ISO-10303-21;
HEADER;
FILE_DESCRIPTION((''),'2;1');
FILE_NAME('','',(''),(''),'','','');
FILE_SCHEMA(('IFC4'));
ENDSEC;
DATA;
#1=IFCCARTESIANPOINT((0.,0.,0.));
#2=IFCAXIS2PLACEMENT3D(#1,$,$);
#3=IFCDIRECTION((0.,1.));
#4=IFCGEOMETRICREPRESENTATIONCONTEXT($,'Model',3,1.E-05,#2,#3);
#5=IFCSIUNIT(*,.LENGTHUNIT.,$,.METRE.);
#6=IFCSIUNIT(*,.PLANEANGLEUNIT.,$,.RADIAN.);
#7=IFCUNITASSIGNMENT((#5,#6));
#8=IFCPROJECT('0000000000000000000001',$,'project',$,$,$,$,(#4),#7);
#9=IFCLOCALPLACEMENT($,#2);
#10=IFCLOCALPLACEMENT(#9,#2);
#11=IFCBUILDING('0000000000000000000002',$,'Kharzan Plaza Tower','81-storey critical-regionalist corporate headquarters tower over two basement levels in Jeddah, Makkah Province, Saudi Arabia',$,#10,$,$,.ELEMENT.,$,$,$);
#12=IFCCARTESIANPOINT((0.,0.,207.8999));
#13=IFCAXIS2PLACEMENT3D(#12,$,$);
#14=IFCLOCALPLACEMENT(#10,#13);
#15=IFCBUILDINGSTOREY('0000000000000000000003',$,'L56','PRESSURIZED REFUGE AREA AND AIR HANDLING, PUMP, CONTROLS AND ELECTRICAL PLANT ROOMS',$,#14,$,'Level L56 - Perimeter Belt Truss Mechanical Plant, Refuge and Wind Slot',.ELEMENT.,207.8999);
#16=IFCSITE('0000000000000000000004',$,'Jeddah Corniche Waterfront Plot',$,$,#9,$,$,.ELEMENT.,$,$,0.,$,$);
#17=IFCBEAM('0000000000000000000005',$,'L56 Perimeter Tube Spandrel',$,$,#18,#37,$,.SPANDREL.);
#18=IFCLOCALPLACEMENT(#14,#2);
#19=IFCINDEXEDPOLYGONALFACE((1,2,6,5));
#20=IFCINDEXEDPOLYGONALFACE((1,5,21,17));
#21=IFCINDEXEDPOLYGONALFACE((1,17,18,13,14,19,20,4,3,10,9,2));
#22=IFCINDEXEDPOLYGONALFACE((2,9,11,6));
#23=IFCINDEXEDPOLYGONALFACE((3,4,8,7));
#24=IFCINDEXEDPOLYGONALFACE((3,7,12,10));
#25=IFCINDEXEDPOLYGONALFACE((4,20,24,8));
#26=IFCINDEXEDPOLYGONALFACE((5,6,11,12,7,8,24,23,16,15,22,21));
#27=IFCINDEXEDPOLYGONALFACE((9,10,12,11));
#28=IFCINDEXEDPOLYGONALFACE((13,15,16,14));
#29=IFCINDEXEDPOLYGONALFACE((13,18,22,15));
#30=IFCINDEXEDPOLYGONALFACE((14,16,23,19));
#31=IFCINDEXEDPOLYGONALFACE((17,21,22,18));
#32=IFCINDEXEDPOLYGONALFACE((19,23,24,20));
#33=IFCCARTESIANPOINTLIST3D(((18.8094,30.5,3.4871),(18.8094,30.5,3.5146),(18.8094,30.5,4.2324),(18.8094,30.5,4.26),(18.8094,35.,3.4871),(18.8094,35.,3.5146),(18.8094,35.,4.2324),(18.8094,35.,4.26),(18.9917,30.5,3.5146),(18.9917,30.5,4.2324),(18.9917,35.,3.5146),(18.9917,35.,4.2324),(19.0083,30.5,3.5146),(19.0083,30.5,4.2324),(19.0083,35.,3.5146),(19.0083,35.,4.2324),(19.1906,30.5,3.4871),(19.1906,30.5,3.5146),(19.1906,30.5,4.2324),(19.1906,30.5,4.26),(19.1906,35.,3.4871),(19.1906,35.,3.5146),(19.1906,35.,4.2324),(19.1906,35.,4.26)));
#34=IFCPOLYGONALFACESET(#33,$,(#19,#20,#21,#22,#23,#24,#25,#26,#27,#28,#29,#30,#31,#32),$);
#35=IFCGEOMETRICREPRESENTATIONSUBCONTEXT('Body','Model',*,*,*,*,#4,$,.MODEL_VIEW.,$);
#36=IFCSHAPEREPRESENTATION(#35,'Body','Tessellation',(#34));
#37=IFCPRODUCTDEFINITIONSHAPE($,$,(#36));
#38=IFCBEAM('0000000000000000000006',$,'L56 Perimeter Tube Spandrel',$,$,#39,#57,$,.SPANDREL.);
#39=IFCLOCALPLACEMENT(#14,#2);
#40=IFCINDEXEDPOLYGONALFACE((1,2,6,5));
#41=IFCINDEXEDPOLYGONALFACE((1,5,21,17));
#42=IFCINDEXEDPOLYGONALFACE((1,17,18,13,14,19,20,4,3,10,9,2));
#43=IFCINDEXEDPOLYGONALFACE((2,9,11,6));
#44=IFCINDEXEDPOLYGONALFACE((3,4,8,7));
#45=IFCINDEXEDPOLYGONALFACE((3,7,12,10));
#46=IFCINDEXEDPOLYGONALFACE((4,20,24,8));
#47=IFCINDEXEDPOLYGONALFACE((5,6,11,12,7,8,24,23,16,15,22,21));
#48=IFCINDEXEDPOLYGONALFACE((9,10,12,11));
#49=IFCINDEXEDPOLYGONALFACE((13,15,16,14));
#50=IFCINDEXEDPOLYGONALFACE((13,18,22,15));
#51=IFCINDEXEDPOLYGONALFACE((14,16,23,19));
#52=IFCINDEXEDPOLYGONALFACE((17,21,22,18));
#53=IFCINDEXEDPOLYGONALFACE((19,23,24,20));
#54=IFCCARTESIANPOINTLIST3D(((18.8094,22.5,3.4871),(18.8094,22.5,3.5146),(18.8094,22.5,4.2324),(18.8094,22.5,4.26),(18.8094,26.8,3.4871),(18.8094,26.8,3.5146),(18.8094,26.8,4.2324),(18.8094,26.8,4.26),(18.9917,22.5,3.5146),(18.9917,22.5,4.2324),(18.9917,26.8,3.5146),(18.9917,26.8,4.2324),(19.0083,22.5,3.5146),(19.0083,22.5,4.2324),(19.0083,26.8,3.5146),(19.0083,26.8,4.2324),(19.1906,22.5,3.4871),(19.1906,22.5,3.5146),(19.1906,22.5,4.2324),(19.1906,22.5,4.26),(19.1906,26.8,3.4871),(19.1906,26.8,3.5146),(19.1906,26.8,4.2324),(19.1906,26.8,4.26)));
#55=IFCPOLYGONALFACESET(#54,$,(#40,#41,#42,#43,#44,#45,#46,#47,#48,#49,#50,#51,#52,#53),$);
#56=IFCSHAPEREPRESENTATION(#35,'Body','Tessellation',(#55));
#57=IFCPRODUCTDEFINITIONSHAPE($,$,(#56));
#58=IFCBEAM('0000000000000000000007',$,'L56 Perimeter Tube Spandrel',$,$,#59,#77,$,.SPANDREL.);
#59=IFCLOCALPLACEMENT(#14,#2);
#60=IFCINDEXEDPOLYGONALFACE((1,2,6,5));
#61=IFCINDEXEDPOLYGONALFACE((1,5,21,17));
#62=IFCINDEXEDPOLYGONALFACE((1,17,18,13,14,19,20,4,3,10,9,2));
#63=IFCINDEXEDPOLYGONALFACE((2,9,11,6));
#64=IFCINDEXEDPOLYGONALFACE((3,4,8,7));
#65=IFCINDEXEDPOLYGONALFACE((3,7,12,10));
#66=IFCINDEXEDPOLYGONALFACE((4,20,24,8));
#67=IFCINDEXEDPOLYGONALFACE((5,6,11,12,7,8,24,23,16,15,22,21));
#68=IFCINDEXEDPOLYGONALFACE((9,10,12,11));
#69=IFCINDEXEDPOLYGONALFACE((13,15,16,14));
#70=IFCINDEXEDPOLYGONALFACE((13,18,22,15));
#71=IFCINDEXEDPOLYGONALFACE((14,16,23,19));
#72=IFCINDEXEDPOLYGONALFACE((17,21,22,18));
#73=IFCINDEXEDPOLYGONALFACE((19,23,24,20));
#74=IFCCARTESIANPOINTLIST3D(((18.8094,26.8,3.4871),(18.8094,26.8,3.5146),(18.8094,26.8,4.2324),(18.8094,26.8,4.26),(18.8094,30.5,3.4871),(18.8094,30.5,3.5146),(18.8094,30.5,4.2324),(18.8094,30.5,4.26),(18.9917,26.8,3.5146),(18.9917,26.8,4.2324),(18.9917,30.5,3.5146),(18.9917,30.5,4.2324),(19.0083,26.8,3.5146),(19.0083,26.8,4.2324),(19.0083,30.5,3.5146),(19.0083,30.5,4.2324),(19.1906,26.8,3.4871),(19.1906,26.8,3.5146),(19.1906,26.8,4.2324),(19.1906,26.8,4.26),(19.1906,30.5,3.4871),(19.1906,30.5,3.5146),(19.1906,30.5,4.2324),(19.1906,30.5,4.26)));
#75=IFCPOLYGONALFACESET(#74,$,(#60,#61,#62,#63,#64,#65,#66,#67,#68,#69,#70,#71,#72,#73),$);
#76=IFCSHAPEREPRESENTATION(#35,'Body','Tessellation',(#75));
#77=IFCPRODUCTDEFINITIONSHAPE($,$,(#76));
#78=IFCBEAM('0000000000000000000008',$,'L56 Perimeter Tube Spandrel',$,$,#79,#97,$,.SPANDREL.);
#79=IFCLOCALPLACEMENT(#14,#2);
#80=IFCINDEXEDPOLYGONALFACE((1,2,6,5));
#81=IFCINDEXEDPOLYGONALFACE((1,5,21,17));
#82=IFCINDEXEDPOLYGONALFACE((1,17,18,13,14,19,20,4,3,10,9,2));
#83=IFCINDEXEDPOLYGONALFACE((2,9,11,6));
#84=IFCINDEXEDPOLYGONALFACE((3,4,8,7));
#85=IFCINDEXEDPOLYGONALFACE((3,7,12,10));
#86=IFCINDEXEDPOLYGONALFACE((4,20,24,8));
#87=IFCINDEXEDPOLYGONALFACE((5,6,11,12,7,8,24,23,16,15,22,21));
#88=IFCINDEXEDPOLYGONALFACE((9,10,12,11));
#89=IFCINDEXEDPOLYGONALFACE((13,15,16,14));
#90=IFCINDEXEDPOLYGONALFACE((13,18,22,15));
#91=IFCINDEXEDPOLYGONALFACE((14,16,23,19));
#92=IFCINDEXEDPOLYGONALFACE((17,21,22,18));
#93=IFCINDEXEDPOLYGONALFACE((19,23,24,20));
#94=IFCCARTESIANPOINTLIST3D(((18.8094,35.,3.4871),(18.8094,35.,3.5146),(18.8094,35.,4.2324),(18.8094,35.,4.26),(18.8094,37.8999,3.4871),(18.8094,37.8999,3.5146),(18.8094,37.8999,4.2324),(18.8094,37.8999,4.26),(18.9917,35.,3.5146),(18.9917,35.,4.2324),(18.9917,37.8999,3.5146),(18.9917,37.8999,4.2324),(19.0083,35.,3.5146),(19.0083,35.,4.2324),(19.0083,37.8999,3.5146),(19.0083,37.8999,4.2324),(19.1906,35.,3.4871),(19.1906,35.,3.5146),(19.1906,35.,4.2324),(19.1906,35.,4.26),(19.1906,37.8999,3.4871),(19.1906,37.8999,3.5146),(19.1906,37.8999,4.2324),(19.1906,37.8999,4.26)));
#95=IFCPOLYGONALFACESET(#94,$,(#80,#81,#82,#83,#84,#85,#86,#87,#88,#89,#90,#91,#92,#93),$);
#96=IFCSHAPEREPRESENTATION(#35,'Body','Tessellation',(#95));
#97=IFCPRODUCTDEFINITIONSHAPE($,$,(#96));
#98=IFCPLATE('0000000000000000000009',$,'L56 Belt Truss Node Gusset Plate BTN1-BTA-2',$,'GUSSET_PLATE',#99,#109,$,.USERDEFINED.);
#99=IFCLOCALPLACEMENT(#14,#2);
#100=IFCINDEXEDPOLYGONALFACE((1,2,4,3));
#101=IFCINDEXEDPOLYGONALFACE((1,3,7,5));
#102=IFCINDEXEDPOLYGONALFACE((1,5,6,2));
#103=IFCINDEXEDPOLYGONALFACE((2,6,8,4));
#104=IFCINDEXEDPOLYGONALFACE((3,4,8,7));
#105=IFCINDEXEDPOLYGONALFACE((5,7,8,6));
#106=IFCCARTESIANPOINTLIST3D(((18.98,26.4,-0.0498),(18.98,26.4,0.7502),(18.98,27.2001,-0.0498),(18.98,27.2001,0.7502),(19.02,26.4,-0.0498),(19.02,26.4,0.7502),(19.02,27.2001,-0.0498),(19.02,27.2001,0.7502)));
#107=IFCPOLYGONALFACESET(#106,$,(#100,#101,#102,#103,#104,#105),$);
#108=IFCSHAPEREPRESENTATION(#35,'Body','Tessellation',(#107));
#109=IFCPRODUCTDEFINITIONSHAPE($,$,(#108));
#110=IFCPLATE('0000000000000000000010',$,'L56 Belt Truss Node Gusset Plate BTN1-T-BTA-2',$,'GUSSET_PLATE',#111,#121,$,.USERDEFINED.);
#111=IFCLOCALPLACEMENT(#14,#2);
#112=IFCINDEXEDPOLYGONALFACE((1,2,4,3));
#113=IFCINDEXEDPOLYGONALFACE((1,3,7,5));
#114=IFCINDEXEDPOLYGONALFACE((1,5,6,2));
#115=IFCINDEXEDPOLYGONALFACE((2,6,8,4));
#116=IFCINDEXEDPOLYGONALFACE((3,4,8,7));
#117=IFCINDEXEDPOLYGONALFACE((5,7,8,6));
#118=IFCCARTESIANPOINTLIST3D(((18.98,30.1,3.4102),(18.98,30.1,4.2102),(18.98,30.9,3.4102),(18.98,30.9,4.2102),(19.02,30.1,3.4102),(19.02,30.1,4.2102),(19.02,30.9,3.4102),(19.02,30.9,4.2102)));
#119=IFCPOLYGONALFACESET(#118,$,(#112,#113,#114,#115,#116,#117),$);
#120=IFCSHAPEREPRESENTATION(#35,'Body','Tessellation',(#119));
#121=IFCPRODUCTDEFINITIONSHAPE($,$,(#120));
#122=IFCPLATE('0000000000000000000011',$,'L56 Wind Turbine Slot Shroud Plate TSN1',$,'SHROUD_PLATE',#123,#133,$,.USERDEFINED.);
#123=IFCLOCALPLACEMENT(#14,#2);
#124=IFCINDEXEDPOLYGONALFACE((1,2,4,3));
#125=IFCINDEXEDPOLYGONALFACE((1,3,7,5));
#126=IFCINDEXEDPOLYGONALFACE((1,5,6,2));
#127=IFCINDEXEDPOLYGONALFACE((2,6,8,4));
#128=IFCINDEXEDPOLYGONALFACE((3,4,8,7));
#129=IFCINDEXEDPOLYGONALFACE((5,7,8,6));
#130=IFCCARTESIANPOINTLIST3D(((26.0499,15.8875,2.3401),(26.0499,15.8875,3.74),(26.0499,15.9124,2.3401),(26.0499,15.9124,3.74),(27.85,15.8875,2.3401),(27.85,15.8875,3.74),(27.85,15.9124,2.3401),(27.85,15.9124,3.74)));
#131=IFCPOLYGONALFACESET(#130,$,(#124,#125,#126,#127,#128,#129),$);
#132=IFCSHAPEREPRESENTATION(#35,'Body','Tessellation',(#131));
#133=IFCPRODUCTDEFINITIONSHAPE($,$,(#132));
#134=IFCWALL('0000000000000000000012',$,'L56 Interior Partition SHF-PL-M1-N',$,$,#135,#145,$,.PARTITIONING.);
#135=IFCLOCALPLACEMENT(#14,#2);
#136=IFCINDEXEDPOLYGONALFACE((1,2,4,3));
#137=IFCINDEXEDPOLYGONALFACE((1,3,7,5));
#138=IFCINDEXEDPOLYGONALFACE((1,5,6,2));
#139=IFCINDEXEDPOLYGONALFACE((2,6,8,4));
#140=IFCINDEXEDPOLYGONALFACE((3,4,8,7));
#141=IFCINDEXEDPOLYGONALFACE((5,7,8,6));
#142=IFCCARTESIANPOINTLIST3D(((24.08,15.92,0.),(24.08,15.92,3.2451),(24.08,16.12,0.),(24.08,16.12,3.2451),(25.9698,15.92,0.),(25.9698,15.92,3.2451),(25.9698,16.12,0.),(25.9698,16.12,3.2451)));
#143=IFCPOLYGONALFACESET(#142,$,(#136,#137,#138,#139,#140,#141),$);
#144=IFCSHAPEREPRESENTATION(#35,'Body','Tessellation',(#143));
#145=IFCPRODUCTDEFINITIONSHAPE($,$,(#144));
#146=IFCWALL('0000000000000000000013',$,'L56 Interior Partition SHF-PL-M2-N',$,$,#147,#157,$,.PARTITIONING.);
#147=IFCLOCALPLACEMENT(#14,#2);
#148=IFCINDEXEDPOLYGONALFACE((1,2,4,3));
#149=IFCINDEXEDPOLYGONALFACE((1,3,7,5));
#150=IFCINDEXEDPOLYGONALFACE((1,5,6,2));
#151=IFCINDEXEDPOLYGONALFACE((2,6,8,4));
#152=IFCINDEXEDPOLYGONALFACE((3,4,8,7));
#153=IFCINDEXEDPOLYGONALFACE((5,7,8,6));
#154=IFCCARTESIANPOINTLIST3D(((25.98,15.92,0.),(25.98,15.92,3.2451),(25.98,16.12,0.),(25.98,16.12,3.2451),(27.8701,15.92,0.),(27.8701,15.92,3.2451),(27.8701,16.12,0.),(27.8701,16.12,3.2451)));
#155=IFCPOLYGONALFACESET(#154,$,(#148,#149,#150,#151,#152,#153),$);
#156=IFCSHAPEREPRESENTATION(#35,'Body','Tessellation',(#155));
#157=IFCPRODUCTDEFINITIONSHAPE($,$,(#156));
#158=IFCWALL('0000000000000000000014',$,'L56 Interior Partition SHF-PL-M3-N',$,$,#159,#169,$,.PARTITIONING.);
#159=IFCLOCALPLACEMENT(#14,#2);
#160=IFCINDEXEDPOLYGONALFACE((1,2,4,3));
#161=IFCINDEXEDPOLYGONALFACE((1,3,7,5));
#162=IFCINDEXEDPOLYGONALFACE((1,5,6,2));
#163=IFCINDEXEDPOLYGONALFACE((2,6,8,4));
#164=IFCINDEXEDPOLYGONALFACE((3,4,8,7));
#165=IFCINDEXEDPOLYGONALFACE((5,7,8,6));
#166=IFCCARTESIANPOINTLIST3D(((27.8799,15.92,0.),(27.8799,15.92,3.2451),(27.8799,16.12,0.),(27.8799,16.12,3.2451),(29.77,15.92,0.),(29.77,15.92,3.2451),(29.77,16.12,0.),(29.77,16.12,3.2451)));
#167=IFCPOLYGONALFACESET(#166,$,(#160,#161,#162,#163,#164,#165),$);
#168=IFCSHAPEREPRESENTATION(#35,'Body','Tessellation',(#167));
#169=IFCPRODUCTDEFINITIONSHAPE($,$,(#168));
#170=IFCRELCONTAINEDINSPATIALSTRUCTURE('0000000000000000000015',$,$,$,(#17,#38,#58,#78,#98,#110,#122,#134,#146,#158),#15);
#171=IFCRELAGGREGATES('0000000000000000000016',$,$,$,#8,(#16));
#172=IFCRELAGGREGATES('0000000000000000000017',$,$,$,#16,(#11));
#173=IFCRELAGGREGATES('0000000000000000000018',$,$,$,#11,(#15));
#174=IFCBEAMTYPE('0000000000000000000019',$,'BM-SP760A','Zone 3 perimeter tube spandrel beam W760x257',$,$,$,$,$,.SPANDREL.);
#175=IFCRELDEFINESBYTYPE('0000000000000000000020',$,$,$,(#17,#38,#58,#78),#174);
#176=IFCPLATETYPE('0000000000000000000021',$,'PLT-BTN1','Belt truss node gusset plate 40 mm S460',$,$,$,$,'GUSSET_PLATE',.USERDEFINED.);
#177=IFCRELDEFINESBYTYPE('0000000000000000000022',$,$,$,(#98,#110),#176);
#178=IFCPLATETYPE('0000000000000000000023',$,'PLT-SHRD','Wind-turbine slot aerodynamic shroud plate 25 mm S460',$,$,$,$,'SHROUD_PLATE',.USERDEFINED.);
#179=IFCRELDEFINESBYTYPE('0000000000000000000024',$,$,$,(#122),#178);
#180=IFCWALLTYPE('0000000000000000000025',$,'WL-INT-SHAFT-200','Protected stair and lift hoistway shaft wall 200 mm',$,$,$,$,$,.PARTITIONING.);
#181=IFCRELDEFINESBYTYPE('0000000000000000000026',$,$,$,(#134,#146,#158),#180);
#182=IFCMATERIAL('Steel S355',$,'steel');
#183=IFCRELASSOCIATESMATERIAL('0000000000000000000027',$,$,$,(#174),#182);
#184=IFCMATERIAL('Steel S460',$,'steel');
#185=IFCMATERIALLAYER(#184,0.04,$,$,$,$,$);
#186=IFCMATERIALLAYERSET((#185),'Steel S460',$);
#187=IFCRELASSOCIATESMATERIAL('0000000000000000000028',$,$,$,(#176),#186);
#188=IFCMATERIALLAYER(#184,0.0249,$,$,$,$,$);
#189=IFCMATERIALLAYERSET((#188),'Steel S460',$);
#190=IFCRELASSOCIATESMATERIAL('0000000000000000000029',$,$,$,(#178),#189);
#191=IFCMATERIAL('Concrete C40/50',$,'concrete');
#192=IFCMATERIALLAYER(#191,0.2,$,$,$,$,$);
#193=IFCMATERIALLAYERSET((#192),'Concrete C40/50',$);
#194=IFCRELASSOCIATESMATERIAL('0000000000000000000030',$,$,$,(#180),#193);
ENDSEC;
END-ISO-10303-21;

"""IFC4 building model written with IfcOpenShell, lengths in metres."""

from ifc_helpers import new_model, si_unit, direction, frame, frame_2d, origin, origin_2d, place, context, subcontext, project, spatial, rectangle, i_section, extrude, source, transform, mapped, material, layer, layer_set, material_profile, profile_set, type_object, element, save


model = new_model("IFC4")

# Units and contexts
model_context = context("Model", 3, precision=1e-05, world=origin(), true_north=direction((0.0, 1.0)))
body_context = subcontext(model_context, "Body", "Model", "MODEL_VIEW")
ifc_project = project(units=[si_unit("LENGTHUNIT", "METRE"), si_unit("PLANEANGLEUNIT", "RADIAN")], contexts=[model_context])

# Site, building, storey
site_placement = place(None, origin())
site = spatial("IfcSite", under=ifc_project, at=site_placement, Name="Jeddah Corniche Waterfront Plot", CompositionType="ELEMENT", RefElevation=0.0)
building_placement = place(site_placement, origin())
building = spatial("IfcBuilding", under=site, at=building_placement, Name="Kharzan Plaza Tower", Description="81-storey critical-regionalist corporate headquarters tower over two basement levels in Jeddah, Makkah Province, Saudi Arabia", CompositionType="ELEMENT")
storey_placement = place(building_placement, frame((0.0, 0.0, 207.8999)))
storey = spatial("IfcBuildingStorey", under=building, at=storey_placement, Name="L56", Description="PRESSURIZED REFUGE AREA AND AIR HANDLING, PUMP, CONTROLS AND ELECTRICAL PLANT ROOMS", LongName="Level L56 - Perimeter Belt Truss Mechanical Plant, Refuge and Wind Slot", CompositionType="ELEMENT", Elevation=207.8999)

# Shared definitions
ifc_material_1 = material(Name="Steel S355", Category="steel")

# Beams
ifc_material_profile_1 = material_profile(ifc_material_1, i_section(OverallWidth=0.3811, OverallDepth=0.7729, WebThickness=0.0166, FlangeThickness=0.0276, at=origin_2d()), Name="W760x257")
ifc_profile_set_1 = profile_set([ifc_material_profile_1], Name="Steel S355")
beam_type = type_object("IfcBeamType", Name="BM-SP760A", Description="Zone 3 perimeter tube spandrel beam W760x257", PredefinedType="SPANDREL", material=ifc_profile_set_1)
shared_shape_1 = source(origin(), body_context, "Body", "SweptSolid", [
    extrude(i_section(OverallWidth=0.3811, OverallDepth=0.7729, WebThickness=0.0166, FlangeThickness=0.0276, at=origin_2d()), origin(), (0.0, 0.0, 1.0), 4.5),
])
for number, where, z_axis, x_axis, name in (
    (1, (19.0, 30.5, 3.8735), (0.0, 1.0, 0.0), (-1.0, 0.0, 0.0), "L56 Perimeter Tube Spandrel"),
):
    element("IfcBeam", number, at=place(storey_placement, frame(where, z_axis=z_axis, x_axis=x_axis)), inside=storey, type_object=beam_type, Name=name, PredefinedType="SPANDREL", context=body_context, shape_type="MappedRepresentation", body=[
        mapped(shared_shape_1, transform((0.0, 0.0, 0.0), x_axis=(1.0, 0.0, 0.0), y_axis=(0.0, 1.0, 0.0), z_axis=(0.0, 0.0, 1.0))),
    ])
shared_shape_2 = source(origin(), body_context, "Body", "SweptSolid", [
    extrude(i_section(OverallWidth=0.3811, OverallDepth=0.7729, WebThickness=0.0166, FlangeThickness=0.0276, at=origin_2d()), origin(), (0.0, 0.0, 1.0), 4.3),
])
beam_1_placement = place(storey_placement, frame((19.0, 22.5, 3.8735), z_axis=(0.0, 1.0, 0.0), x_axis=(-1.0, 0.0, 0.0)))
element("IfcBeam", 2, at=beam_1_placement, inside=storey, type_object=beam_type, Name="L56 Perimeter Tube Spandrel", PredefinedType="SPANDREL", context=body_context, shape_type="MappedRepresentation", body=[
    mapped(shared_shape_2, transform((0.0, 0.0, 0.0), x_axis=(1.0, 0.0, 0.0), y_axis=(0.0, 1.0, 0.0), z_axis=(0.0, 0.0, 1.0))),
])
shared_shape_3 = source(origin(), body_context, "Body", "SweptSolid", [
    extrude(i_section(OverallWidth=0.3811, OverallDepth=0.7729, WebThickness=0.0166, FlangeThickness=0.0276, at=origin_2d()), origin(), (0.0, 0.0, 1.0), 3.7),
])
beam_2_placement = place(storey_placement, frame((19.0, 26.8, 3.8735), z_axis=(0.0, 1.0, 0.0), x_axis=(-1.0, 0.0, 0.0)))
element("IfcBeam", 3, at=beam_2_placement, inside=storey, type_object=beam_type, Name="L56 Perimeter Tube Spandrel", PredefinedType="SPANDREL", context=body_context, shape_type="MappedRepresentation", body=[
    mapped(shared_shape_3, transform((0.0, 0.0, 0.0), x_axis=(1.0, 0.0, 0.0), y_axis=(0.0, 1.0, 0.0), z_axis=(0.0, 0.0, 1.0))),
])
shared_shape_4 = source(origin(), body_context, "Body", "SweptSolid", [
    extrude(i_section(OverallWidth=0.3811, OverallDepth=0.7729, WebThickness=0.0166, FlangeThickness=0.0276, at=origin_2d()), origin(), (0.0, 0.0, 1.0), 2.8999),
])
beam_3_placement = place(storey_placement, frame((19.0, 35.0, 3.8735), z_axis=(0.0, 1.0, 0.0), x_axis=(-1.0, 0.0, 0.0)))
element("IfcBeam", 4, at=beam_3_placement, inside=storey, type_object=beam_type, Name="L56 Perimeter Tube Spandrel", PredefinedType="SPANDREL", context=body_context, shape_type="MappedRepresentation", body=[
    mapped(shared_shape_4, transform((0.0, 0.0, 0.0), x_axis=(1.0, 0.0, 0.0), y_axis=(0.0, 1.0, 0.0), z_axis=(0.0, 0.0, 1.0))),
])

# Plates
ifc_material_2 = material(Name="Steel S460", Category="steel")
ifc_layer_1 = layer(ifc_material_2, 0.04)
ifc_layer_set_1 = layer_set([ifc_layer_1], Name="Steel S460")
plate_type_1 = type_object("IfcPlateType", Name="PLT-BTN1", Description="Belt truss node gusset plate 40 mm S460", ElementType="GUSSET_PLATE", PredefinedType="USERDEFINED", material=ifc_layer_set_1)
shared_shape_5 = source(origin(), body_context, "Body", "SweptSolid", [
    extrude(rectangle(XDim=0.8, YDim=0.04, at=origin_2d()), origin(), (0.0, 0.0, 1.0), 0.8),
])
for number, where, z_axis, x_axis, name in (
    (5, (19.0, 26.8, -0.0498), (0.0, 0.0, 1.0), (0.0, 1.0, 0.0), "L56 Belt Truss Node Gusset Plate BTN1-BTA-2"),
    (6, (19.0, 30.5, 3.4102), (0.0, 0.0, 1.0), (0.0, 1.0, 0.0), "L56 Belt Truss Node Gusset Plate BTN1-T-BTA-2"),
):
    element("IfcPlate", number, at=place(storey_placement, frame(where, z_axis=z_axis, x_axis=x_axis)), inside=storey, type_object=plate_type_1, Name=name, ObjectType="GUSSET_PLATE", PredefinedType="USERDEFINED", context=body_context, shape_type="MappedRepresentation", body=[
        mapped(shared_shape_5, transform((0.0, 0.0, 0.0), x_axis=(1.0, 0.0, 0.0), y_axis=(0.0, 1.0, 0.0), z_axis=(0.0, 0.0, 1.0))),
    ])
ifc_layer_2 = layer(ifc_material_2, 0.0249)
ifc_layer_set_2 = layer_set([ifc_layer_2], Name="Steel S460")
plate_type_2 = type_object("IfcPlateType", Name="PLT-SHRD", Description="Wind-turbine slot aerodynamic shroud plate 25 mm S460", ElementType="SHROUD_PLATE", PredefinedType="USERDEFINED", material=ifc_layer_set_2)
shared_shape_6 = source(origin(), body_context, "Body", "SweptSolid", [
    extrude(rectangle(XDim=1.8, YDim=0.0249, at=origin_2d()), origin(), (0.0, 0.0, 1.0), 1.3999),
])
plate_placement = place(storey_placement, frame((26.95, 15.8999, 2.3401), z_axis=(0.0, 0.0, 1.0), x_axis=(1.0, 0.0, 0.0)))
element("IfcPlate", 7, at=plate_placement, inside=storey, type_object=plate_type_2, Name="L56 Wind Turbine Slot Shroud Plate TSN1", ObjectType="SHROUD_PLATE", PredefinedType="USERDEFINED", context=body_context, shape_type="MappedRepresentation", body=[
    mapped(shared_shape_6, transform((0.0, 0.0, 0.0), x_axis=(1.0, 0.0, 0.0), y_axis=(0.0, 1.0, 0.0), z_axis=(0.0, 0.0, 1.0))),
])

# Walls
ifc_material_3 = material(Name="Concrete C40/50", Category="concrete")
ifc_layer_3 = layer(ifc_material_3, 0.2)
ifc_layer_set_3 = layer_set([ifc_layer_3], Name="Concrete C40/50")
wall_type = type_object("IfcWallType", Name="WL-INT-SHAFT-200", Description="Protected stair and lift hoistway shaft wall 200 mm", PredefinedType="PARTITIONING", material=ifc_layer_set_3)
shared_shape_7 = source(origin(), body_context, "Body", "SweptSolid", [
    extrude(rectangle(XDim=1.8899, YDim=0.2, at=frame_2d((0.9448, 0.0))), origin(), (0.0, 0.0, 1.0), 3.2451),
])
wall_placement = place(storey_placement, frame((24.0801, 16.02, 0.0), z_axis=(0.0, 0.0, 1.0), x_axis=(1.0, 0.0, 0.0)))
element("IfcWall", 8, at=wall_placement, inside=storey, type_object=wall_type, Name="L56 Interior Partition SHF-PL-M1-N", PredefinedType="PARTITIONING", context=body_context, shape_type="MappedRepresentation", body=[
    mapped(shared_shape_7, transform((0.0, 0.0, 0.0), x_axis=(1.0, 0.0, 0.0), y_axis=(0.0, 1.0, 0.0), z_axis=(0.0, 0.0, 1.0))),
])
shared_shape_8 = source(origin(), body_context, "Body", "SweptSolid", [
    extrude(rectangle(XDim=1.8901, YDim=0.2, at=frame_2d((0.9451, 0.0))), origin(), (0.0, 0.0, 1.0), 3.2451),
])
for number, where, z_axis, x_axis, name in (
    (9, (25.98, 16.02, 0.0), (0.0, 0.0, 1.0), (1.0, 0.0, 0.0), "L56 Interior Partition SHF-PL-M2-N"),
    (10, (27.8799, 16.02, 0.0), (0.0, 0.0, 1.0), (1.0, 0.0, 0.0), "L56 Interior Partition SHF-PL-M3-N"),
):
    element("IfcWall", number, at=place(storey_placement, frame(where, z_axis=z_axis, x_axis=x_axis)), inside=storey, type_object=wall_type, Name=name, PredefinedType="PARTITIONING", context=body_context, shape_type="MappedRepresentation", body=[
        mapped(shared_shape_8, transform((0.0, 0.0, 0.0), x_axis=(1.0, 0.0, 0.0), y_axis=(0.0, 1.0, 0.0), z_axis=(0.0, 0.0, 1.0))),
    ])

save(model, "model.ifc")
